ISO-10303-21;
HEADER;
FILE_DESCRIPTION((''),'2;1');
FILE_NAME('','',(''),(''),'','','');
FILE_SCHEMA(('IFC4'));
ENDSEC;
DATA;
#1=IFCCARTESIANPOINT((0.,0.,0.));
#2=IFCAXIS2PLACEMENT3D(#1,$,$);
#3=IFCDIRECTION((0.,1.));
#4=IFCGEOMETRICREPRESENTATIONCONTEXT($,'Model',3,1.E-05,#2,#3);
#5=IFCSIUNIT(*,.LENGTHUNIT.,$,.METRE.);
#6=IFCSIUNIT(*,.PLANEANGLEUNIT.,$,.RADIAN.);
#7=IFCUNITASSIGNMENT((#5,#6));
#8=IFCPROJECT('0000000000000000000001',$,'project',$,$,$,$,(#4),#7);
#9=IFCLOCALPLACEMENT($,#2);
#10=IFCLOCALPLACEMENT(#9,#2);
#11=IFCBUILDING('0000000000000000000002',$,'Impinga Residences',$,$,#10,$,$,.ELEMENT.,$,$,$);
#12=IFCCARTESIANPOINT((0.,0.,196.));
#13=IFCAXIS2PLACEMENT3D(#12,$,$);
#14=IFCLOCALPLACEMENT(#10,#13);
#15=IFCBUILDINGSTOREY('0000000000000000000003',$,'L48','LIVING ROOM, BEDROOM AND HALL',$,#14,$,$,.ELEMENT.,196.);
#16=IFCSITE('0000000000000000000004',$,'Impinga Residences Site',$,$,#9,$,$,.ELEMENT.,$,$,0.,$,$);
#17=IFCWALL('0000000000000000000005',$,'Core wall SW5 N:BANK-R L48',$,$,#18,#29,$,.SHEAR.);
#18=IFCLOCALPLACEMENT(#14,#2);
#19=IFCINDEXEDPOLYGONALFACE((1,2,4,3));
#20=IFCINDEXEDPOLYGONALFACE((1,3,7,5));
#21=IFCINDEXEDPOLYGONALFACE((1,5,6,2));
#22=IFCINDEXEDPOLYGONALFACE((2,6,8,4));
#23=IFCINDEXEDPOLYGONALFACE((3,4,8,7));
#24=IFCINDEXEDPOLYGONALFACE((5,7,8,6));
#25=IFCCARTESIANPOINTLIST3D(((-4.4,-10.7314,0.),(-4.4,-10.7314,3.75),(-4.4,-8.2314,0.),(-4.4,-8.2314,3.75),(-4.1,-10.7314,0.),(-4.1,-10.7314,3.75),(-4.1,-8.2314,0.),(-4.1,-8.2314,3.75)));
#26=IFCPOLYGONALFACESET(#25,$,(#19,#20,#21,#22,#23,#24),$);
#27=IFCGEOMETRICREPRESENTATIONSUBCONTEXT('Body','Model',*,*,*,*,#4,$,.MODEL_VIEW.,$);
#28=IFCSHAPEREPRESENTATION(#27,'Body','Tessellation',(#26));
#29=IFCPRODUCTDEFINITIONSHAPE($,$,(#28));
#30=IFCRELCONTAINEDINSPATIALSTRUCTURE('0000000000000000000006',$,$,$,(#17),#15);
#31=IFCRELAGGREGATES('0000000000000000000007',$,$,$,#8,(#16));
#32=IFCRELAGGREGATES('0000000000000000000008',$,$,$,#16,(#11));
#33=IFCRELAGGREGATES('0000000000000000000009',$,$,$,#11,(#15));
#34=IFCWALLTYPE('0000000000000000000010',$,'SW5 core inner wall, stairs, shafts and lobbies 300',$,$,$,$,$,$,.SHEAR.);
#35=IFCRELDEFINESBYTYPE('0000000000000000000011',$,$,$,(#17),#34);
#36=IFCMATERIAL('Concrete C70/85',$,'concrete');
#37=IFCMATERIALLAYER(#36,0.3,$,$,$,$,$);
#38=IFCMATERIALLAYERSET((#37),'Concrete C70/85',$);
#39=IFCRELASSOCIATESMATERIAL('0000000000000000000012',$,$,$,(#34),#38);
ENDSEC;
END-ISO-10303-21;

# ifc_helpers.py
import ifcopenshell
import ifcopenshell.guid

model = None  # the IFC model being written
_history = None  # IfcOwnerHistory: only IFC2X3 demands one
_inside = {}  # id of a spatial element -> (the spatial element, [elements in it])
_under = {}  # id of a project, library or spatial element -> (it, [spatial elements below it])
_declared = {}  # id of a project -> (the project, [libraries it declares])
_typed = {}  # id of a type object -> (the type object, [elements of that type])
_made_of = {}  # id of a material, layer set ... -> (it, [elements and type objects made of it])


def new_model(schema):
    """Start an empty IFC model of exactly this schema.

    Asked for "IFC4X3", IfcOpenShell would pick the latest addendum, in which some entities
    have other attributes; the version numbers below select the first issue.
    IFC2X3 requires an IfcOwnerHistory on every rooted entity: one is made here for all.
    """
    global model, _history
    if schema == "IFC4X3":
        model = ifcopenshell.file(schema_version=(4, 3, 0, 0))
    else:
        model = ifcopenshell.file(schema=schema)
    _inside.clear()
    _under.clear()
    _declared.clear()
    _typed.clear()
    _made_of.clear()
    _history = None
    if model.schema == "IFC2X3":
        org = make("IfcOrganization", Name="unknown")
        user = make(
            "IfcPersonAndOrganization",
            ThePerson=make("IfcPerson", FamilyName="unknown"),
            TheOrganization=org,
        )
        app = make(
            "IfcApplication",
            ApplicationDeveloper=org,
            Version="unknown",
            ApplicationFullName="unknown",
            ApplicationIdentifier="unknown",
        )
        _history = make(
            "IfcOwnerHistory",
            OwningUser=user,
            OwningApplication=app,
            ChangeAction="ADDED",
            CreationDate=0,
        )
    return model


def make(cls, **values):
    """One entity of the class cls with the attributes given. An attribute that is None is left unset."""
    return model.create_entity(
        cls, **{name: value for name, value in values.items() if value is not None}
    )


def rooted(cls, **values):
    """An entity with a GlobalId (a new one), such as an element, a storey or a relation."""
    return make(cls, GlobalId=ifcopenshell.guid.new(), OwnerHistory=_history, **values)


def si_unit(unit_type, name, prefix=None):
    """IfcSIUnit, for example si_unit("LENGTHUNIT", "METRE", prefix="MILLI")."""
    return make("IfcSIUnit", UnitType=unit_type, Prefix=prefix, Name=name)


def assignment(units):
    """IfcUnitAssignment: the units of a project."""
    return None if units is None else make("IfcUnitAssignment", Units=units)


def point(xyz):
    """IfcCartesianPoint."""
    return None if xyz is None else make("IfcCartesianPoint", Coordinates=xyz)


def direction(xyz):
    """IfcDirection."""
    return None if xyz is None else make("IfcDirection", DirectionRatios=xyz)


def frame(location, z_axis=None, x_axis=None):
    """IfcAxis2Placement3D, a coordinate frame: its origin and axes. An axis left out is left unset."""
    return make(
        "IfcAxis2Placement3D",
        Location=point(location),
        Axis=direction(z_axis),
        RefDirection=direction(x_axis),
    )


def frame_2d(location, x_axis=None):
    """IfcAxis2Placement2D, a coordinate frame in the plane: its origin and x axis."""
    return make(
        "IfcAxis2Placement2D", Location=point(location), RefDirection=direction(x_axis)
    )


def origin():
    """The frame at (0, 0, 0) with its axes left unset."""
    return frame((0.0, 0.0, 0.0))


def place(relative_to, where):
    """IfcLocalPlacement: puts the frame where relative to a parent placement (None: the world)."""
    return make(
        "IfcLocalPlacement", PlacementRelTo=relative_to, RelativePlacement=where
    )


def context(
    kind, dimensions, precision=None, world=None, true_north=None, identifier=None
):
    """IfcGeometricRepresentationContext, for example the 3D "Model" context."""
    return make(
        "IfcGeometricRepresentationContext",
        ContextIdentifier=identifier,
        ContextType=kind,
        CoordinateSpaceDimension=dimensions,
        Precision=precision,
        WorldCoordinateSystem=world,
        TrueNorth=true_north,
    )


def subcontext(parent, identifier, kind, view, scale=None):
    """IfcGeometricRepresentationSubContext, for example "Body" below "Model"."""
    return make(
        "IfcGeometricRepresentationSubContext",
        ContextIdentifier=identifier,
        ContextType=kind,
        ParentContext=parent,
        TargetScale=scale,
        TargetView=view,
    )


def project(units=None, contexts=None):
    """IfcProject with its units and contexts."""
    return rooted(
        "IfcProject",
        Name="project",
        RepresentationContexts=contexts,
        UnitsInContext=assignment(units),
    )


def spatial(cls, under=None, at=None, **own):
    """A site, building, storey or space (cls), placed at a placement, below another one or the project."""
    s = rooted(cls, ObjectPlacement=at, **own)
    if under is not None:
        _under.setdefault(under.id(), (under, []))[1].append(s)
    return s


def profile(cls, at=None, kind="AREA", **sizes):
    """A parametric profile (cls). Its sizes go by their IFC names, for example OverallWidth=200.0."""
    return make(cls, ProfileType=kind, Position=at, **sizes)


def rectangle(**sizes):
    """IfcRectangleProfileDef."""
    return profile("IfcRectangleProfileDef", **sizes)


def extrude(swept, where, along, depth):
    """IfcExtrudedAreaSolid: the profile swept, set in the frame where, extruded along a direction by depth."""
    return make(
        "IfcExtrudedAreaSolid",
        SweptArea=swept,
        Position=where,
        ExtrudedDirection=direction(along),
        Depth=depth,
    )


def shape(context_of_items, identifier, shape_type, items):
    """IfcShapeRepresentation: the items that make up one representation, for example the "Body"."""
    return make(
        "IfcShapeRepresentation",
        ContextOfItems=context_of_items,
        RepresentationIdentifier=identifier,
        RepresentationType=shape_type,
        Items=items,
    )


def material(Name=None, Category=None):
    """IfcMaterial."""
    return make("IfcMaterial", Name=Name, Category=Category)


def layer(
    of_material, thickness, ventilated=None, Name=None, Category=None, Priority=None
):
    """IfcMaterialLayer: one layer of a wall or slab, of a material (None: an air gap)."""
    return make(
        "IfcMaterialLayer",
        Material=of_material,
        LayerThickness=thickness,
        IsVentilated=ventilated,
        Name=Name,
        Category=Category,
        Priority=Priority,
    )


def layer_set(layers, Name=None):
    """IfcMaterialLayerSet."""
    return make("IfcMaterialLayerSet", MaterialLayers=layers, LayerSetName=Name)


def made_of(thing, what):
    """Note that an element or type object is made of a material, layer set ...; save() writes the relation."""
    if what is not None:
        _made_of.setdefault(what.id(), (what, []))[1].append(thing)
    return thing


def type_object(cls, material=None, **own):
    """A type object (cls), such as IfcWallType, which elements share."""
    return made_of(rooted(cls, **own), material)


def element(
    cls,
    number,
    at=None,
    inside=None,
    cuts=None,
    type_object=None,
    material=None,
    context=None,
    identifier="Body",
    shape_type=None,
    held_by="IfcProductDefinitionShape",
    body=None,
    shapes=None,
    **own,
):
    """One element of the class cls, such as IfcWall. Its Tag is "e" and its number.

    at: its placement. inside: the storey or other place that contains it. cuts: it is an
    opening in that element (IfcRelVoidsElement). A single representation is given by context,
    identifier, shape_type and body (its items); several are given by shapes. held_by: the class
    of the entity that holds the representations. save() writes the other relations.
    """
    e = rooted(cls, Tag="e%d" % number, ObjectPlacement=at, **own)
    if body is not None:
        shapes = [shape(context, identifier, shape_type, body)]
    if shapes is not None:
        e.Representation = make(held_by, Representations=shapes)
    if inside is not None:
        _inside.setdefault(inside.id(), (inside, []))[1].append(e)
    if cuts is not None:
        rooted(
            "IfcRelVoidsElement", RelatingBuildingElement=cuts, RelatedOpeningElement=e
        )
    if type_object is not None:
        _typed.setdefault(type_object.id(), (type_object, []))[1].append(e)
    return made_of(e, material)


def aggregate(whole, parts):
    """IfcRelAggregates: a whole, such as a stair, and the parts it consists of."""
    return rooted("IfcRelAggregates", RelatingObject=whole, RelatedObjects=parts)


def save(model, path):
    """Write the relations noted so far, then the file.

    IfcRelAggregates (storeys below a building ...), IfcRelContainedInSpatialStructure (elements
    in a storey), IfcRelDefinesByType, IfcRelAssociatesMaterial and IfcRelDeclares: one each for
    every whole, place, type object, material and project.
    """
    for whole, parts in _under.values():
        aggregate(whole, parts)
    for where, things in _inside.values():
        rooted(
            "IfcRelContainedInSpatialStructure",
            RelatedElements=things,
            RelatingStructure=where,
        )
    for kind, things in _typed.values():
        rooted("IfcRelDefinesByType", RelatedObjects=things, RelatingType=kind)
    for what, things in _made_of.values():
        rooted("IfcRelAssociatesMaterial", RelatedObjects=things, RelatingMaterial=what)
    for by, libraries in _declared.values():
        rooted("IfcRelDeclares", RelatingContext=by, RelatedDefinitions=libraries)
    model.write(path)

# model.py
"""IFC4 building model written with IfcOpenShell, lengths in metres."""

from ifc_helpers import new_model, si_unit, direction, frame, frame_2d, origin, place, context, subcontext, project, spatial, rectangle, extrude, material, layer, layer_set, type_object, element, save


model = new_model("IFC4")

# Units and contexts
model_context = context("Model", 3, precision=1e-05, world=origin(), true_north=direction((0.0, 1.0)))
body_context = subcontext(model_context, "Body", "Model", "MODEL_VIEW")
ifc_project = project(units=[si_unit("LENGTHUNIT", "METRE"), si_unit("PLANEANGLEUNIT", "RADIAN")], contexts=[model_context])

# Site, building, storey
site_placement = place(None, origin())
site = spatial("IfcSite", under=ifc_project, at=site_placement, Name="Impinga Residences Site", CompositionType="ELEMENT", RefElevation=0.0)
building_placement = place(site_placement, origin())
building = spatial("IfcBuilding", under=site, at=building_placement, Name="Impinga Residences", CompositionType="ELEMENT")
storey_placement = place(building_placement, frame((0.0, 0.0, 196.0)))
storey = spatial("IfcBuildingStorey", under=building, at=storey_placement, Name="L48", Description="LIVING ROOM, BEDROOM AND HALL", CompositionType="ELEMENT", Elevation=196.0)

# Wall
ifc_material_1 = material(Name="Concrete C70/85", Category="concrete")
ifc_layer_1 = layer(ifc_material_1, 0.3)
ifc_layer_set_1 = layer_set([ifc_layer_1], Name="Concrete C70/85")
wall_type_1 = type_object("IfcWallType", Name="SW5 core inner wall, stairs, shafts and lobbies 300", PredefinedType="SHEAR", material=ifc_layer_set_1)
wall_1_placement = place(storey_placement, frame((-4.25, -8.2314, 0.0), z_axis=(0.0, 0.0, 1.0), x_axis=(0.0, -1.0, 0.0)))
element("IfcWall", 1, at=wall_1_placement, inside=storey, type_object=wall_type_1, Name="Core wall SW5 N:BANK-R L48", PredefinedType="SHEAR", context=body_context, shape_type="SweptSolid", body=[
    extrude(rectangle(XDim=2.5, YDim=0.3, at=frame_2d((1.25, 0.0))), origin(), (0.0, 0.0, 1.0), 3.75),
])

save(model, "model.ifc")
